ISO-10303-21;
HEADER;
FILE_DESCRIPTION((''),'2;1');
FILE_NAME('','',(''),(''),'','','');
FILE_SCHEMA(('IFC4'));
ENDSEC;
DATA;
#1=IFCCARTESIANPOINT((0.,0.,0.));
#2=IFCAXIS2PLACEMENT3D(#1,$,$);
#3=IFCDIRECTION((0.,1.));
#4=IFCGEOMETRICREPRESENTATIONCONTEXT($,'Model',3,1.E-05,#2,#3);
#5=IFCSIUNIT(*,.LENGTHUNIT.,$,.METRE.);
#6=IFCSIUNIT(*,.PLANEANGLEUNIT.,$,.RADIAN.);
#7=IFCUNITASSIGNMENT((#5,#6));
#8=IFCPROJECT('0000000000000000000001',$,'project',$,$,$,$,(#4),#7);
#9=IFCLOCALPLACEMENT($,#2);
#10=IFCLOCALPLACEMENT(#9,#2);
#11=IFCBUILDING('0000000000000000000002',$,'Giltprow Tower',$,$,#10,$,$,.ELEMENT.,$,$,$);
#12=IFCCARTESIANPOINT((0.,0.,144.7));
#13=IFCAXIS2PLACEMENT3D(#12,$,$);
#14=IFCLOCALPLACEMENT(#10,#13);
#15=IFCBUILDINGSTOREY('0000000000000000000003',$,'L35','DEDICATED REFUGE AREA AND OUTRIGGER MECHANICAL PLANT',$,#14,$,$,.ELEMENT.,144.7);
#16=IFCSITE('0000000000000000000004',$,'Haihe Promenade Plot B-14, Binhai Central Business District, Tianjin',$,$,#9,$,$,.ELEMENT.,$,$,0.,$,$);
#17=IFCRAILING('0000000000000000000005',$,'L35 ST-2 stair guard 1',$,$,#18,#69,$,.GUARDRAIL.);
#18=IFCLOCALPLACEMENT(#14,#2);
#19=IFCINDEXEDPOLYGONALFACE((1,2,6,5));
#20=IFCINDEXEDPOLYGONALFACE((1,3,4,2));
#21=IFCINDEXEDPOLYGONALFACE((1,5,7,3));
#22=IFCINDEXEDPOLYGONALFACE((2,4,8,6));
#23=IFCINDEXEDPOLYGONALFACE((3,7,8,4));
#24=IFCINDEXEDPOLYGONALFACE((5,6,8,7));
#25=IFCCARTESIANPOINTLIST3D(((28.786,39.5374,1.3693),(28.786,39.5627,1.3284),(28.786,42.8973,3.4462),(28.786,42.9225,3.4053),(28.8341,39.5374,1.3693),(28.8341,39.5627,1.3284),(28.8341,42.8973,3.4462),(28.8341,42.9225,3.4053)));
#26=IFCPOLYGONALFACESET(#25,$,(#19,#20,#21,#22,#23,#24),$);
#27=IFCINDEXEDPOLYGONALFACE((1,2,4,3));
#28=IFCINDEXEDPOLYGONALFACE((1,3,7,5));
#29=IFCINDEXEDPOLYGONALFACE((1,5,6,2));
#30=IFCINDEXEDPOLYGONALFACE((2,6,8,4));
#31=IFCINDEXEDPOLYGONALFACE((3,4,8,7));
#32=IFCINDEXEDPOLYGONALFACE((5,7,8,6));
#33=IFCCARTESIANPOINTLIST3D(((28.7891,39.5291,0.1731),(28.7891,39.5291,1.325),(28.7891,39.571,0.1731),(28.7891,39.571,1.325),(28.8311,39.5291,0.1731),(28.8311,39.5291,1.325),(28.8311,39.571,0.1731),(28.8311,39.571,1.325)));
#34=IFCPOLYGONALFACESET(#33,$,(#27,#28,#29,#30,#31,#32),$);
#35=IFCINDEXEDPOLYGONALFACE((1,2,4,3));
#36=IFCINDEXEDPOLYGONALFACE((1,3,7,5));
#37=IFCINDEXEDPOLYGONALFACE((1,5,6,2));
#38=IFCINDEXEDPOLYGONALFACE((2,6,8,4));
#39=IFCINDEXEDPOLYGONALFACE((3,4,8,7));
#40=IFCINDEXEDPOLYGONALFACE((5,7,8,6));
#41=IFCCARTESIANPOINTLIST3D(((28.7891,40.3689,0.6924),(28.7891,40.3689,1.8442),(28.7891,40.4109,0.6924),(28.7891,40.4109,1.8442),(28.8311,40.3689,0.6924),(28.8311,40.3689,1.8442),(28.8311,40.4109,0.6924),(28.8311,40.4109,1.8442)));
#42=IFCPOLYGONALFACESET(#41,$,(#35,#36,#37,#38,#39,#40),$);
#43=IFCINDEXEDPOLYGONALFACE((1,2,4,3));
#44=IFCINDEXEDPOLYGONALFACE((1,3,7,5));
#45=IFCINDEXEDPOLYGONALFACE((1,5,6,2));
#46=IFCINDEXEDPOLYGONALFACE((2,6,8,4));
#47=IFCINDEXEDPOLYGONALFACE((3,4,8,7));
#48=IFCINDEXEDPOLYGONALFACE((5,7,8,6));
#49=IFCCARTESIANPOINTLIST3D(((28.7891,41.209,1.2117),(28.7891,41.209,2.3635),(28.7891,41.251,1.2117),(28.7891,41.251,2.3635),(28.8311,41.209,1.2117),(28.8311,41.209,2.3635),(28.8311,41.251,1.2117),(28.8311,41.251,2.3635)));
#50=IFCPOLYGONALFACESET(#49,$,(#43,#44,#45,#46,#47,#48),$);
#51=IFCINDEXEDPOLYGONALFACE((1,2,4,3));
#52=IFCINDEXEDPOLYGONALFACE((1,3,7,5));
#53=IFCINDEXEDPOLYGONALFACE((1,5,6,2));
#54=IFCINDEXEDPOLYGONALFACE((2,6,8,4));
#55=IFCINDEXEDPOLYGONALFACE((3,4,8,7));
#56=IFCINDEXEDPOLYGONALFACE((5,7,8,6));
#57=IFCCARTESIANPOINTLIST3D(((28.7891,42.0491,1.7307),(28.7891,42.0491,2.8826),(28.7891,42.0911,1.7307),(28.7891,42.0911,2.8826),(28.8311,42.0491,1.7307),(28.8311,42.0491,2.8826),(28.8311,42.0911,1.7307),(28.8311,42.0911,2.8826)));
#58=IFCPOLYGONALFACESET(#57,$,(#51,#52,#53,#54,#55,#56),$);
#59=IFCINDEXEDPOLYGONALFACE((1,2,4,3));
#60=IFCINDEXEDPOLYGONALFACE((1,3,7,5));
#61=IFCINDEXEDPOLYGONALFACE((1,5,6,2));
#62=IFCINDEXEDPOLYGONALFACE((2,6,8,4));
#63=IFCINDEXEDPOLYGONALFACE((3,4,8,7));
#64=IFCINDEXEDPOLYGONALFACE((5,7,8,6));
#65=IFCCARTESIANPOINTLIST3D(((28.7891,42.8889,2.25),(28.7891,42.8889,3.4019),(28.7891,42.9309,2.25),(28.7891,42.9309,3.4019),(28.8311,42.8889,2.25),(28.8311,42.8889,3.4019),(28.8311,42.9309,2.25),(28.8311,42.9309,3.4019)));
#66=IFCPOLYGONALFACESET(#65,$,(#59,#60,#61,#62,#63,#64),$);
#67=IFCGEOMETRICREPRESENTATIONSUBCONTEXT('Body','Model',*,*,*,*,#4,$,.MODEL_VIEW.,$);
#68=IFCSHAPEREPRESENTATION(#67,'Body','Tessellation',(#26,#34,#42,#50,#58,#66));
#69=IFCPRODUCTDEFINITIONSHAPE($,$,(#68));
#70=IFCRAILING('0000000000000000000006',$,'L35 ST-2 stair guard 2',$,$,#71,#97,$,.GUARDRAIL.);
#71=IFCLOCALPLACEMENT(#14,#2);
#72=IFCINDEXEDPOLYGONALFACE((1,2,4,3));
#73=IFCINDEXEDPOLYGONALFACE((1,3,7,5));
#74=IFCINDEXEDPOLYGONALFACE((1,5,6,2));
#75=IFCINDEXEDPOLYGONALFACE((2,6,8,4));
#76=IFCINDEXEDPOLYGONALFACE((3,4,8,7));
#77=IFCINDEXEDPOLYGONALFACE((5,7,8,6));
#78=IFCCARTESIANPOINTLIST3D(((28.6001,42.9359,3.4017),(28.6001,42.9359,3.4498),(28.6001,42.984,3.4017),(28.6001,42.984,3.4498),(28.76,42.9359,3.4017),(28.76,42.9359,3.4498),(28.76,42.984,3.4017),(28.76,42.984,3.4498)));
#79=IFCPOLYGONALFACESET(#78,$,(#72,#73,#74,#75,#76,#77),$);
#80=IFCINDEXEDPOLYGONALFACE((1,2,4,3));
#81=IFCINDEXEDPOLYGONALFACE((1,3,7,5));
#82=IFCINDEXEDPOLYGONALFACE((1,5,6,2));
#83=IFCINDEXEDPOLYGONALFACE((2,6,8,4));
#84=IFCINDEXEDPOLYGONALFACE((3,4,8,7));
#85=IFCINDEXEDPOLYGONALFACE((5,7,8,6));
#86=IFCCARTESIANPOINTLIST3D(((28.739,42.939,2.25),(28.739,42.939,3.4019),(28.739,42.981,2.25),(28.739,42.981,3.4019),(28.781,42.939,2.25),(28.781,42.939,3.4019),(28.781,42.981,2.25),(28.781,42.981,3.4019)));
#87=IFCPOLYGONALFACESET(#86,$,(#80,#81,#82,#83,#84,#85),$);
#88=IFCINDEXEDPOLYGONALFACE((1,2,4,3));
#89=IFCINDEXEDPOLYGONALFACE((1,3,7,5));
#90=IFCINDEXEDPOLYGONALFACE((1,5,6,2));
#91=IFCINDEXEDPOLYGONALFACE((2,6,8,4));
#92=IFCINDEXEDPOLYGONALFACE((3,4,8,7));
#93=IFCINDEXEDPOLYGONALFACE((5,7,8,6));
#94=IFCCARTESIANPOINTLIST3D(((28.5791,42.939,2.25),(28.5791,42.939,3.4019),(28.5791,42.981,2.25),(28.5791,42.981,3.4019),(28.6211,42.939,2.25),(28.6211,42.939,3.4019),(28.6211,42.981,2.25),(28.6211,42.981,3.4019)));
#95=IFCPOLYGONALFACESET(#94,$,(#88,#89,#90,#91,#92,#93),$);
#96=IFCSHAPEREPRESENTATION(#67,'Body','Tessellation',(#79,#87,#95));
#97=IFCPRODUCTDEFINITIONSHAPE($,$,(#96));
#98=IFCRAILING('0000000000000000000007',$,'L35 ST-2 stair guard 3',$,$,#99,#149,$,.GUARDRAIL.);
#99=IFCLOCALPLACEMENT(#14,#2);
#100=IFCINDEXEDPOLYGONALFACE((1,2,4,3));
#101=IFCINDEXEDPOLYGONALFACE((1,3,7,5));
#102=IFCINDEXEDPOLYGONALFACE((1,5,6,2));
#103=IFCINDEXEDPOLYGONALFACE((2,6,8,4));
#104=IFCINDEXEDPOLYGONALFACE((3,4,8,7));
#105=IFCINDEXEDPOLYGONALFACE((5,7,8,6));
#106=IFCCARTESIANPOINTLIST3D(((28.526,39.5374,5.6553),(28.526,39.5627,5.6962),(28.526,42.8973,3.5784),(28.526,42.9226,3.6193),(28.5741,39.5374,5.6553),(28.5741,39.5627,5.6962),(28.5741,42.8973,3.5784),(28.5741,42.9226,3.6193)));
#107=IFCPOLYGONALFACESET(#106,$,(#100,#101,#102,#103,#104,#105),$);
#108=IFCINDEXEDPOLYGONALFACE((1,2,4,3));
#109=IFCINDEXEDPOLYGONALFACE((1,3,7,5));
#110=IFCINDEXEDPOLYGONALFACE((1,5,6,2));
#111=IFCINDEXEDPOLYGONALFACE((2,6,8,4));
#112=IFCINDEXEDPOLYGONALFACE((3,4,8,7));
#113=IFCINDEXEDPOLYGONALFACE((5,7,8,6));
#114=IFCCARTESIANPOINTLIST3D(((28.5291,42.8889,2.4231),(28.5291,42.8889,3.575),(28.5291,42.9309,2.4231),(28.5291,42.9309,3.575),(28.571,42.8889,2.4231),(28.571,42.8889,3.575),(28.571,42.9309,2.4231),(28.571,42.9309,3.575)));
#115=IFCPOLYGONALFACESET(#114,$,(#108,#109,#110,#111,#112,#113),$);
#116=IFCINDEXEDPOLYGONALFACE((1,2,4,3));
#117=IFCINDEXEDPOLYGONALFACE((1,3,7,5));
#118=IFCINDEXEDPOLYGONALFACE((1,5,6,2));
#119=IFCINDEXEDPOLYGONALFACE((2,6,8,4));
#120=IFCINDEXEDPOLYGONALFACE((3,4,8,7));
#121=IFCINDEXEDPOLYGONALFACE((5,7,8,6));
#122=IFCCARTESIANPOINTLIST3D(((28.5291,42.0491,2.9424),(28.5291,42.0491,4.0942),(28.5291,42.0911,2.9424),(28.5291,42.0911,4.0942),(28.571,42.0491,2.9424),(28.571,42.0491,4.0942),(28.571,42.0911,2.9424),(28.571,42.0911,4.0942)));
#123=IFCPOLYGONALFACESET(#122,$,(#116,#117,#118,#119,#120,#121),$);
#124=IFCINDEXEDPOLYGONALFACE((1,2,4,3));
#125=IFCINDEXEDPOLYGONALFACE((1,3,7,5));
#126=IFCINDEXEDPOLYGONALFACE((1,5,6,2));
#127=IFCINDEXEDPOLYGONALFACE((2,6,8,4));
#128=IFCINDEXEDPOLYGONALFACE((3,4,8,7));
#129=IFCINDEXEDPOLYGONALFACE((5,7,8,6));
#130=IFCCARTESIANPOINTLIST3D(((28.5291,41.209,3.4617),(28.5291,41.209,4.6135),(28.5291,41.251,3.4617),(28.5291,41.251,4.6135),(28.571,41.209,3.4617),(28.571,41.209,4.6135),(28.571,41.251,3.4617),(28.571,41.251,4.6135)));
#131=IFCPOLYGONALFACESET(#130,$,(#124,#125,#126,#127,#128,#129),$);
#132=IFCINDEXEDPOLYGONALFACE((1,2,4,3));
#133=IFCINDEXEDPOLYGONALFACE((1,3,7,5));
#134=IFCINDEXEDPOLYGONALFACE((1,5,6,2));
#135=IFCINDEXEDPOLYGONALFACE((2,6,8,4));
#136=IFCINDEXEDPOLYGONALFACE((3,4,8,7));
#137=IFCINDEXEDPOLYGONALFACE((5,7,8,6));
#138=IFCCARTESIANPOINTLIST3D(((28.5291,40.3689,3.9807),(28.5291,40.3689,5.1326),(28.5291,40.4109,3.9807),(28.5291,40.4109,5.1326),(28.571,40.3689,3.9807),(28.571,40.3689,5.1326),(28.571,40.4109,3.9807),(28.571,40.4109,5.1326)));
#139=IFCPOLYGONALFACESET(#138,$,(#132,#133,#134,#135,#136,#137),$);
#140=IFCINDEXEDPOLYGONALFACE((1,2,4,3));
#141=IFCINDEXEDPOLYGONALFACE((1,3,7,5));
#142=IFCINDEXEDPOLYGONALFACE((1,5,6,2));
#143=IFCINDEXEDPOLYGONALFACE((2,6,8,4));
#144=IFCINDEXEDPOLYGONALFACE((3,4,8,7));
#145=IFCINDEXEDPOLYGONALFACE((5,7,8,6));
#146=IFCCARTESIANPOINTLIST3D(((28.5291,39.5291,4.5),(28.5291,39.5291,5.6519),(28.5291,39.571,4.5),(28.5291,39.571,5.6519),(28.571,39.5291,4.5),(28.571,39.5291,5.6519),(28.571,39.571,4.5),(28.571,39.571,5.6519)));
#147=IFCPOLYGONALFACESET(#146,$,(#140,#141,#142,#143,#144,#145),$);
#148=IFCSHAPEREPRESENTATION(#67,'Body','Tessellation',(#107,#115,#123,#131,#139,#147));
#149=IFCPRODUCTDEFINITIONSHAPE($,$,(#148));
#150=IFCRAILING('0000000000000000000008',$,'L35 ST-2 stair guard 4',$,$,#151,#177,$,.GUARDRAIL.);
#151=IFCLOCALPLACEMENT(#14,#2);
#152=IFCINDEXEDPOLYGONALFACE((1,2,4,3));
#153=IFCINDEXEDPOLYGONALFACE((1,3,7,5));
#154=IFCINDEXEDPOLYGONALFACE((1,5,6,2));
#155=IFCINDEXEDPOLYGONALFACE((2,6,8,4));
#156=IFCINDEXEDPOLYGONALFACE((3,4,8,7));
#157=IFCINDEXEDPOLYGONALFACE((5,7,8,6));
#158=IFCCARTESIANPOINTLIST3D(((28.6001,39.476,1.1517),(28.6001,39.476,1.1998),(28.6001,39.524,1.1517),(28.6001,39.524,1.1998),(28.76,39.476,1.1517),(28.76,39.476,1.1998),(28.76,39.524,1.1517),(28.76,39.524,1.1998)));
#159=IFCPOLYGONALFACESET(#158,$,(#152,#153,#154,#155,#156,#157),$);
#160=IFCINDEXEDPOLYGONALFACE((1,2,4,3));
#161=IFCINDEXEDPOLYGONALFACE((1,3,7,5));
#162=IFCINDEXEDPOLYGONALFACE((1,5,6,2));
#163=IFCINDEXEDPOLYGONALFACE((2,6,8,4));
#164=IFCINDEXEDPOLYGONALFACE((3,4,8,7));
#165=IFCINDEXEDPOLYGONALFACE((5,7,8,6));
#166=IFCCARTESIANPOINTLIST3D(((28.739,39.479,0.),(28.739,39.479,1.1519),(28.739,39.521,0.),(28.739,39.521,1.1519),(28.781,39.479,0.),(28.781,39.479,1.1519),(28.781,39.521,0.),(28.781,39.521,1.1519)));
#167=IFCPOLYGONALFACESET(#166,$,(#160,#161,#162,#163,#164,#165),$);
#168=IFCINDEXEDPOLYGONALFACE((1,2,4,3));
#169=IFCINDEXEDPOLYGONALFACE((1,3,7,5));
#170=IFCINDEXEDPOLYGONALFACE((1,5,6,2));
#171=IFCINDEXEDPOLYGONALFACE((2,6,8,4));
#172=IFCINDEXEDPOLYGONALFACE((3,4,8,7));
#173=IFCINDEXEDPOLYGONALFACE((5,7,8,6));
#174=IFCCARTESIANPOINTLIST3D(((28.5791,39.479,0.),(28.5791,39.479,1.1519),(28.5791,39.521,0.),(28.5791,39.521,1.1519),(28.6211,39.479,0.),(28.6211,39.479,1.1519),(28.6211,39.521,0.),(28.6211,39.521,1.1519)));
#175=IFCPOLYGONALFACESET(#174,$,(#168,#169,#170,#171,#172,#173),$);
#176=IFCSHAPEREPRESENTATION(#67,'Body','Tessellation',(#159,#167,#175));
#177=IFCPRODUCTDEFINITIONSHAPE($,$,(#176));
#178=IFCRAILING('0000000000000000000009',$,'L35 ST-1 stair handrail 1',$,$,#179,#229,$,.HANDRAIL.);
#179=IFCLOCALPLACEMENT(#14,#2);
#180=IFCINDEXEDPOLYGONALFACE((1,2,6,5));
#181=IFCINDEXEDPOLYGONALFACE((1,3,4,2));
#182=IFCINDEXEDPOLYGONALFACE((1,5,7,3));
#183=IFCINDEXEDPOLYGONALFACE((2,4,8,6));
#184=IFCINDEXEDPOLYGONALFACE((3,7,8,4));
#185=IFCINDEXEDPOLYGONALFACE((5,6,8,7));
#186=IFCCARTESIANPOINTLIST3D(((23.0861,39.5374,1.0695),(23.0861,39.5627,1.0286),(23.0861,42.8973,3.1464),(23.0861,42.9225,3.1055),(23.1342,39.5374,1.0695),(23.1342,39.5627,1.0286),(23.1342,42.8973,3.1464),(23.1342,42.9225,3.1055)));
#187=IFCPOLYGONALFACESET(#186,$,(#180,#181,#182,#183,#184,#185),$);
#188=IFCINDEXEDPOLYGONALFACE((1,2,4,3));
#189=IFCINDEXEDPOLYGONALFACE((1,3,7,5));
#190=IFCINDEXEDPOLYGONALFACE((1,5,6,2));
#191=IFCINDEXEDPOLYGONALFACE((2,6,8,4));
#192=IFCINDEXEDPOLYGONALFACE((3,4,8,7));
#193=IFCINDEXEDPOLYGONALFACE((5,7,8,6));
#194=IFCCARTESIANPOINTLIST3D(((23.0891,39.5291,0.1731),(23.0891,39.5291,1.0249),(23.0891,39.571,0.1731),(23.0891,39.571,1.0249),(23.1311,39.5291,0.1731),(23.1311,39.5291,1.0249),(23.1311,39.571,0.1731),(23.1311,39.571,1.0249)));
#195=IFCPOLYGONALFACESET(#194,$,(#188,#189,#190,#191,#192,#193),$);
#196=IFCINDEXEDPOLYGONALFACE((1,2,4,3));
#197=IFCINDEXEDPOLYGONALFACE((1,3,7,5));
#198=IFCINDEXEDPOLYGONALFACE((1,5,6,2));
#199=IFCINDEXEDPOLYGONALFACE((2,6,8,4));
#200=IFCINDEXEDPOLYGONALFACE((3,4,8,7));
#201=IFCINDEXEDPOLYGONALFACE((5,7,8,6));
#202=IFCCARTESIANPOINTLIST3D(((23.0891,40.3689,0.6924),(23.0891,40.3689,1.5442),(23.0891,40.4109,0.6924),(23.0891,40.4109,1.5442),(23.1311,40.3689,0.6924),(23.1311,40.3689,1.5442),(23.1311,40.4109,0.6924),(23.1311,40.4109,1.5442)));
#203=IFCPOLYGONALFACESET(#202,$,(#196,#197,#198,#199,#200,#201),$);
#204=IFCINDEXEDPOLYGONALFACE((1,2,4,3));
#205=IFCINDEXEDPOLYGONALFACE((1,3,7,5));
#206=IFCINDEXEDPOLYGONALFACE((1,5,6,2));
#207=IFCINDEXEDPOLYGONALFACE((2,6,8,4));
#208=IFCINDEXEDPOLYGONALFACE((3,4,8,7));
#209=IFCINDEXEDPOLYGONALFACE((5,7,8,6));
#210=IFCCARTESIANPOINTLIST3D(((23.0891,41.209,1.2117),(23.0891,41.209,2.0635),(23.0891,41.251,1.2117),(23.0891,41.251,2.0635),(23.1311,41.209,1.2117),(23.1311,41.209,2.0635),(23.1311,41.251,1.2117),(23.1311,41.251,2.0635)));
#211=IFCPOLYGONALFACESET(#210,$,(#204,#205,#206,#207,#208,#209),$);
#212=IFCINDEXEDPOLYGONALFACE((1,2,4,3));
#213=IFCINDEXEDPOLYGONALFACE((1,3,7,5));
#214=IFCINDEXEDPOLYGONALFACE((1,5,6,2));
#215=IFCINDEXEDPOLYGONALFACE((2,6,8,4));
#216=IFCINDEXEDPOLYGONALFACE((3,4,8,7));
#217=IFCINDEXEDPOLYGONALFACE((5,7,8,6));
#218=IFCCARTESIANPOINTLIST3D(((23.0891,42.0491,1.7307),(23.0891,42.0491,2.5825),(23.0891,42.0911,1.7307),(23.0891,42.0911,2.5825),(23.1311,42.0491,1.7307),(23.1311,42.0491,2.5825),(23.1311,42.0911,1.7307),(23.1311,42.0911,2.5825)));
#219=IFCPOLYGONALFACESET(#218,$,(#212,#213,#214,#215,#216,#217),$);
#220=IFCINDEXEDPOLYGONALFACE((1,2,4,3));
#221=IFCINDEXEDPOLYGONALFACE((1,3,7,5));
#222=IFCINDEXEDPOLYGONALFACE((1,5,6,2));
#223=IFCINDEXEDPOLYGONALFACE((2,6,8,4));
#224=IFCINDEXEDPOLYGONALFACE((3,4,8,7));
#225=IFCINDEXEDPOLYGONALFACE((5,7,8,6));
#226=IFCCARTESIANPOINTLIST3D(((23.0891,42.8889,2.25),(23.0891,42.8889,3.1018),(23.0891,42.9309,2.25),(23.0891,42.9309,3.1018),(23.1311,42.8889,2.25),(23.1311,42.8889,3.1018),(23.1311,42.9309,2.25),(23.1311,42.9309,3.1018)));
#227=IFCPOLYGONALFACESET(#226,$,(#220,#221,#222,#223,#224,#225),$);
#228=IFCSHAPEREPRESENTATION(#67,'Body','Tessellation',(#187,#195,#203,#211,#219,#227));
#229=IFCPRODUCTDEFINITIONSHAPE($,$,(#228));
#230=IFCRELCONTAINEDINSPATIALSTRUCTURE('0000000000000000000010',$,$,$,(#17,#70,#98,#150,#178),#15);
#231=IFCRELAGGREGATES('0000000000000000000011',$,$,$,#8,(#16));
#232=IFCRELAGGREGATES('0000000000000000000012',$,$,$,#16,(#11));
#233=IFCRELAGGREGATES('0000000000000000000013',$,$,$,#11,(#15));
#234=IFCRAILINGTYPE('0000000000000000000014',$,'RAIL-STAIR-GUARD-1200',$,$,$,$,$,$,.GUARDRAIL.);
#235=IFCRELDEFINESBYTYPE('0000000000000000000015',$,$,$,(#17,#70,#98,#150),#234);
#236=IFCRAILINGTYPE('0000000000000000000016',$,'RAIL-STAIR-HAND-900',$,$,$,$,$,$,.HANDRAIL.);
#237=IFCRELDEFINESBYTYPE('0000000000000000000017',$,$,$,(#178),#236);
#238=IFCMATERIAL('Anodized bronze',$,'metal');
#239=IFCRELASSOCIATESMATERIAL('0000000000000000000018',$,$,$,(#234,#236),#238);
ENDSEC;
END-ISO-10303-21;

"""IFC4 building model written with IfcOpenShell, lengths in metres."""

from ifc_helpers import new_model, si_unit, direction, frame, origin, origin_2d, place, context, subcontext, project, spatial, rectangle, extrude, material, type_object, element, save


model = new_model("IFC4")

# Units and contexts
model_context = context("Model", 3, precision=1e-05, world=origin(), true_north=direction((0.0, 1.0)))
body_context = subcontext(model_context, "Body", "Model", "MODEL_VIEW")
ifc_project = project(units=[si_unit("LENGTHUNIT", "METRE"), si_unit("PLANEANGLEUNIT", "RADIAN")], contexts=[model_context])

# Site, building, storey
site_placement = place(None, origin())
site = spatial("IfcSite", under=ifc_project, at=site_placement, Name="Haihe Promenade Plot B-14, Binhai Central Business District, Tianjin", CompositionType="ELEMENT", RefElevation=0.0)
building_placement = place(site_placement, origin())
building = spatial("IfcBuilding", under=site, at=building_placement, Name="Giltprow Tower", CompositionType="ELEMENT")
storey_placement = place(building_placement, frame((0.0, 0.0, 144.7)))
storey = spatial("IfcBuildingStorey", under=building, at=storey_placement, Name="L35", Description="DEDICATED REFUGE AREA AND OUTRIGGER MECHANICAL PLANT", CompositionType="ELEMENT", Elevation=144.7)

# Railings
ifc_material_1 = material(Name="Anodized bronze", Category="metal")
railing_type_1 = type_object("IfcRailingType", Name="RAIL-STAIR-GUARD-1200", PredefinedType="GUARDRAIL", material=ifc_material_1)
railing_1_placement = place(storey_placement, frame((28.8101, 39.55, 0.1731)))
element("IfcRailing", 1, at=railing_1_placement, inside=storey, type_object=railing_type_1, Name="L35 ST-2 stair guard 1", PredefinedType="GUARDRAIL", context=body_context, shape_type="SweptSolid", body=[
    extrude(rectangle(XDim=0.0481, YDim=0.0481, at=origin_2d()), frame((0.0, 0.0, 1.1758), z_axis=(0.0, 0.850606, 0.525803), x_axis=(-1.0, 0.0, 0.0)), (0.0, 0.0, 1.0), 3.95),
    extrude(rectangle(XDim=0.042, YDim=0.042, at=origin_2d()), origin(), (0.0, 0.0, 1.0), 1.1519),
    extrude(rectangle(XDim=0.042, YDim=0.042, at=origin_2d()), frame((0.0, 0.8398, 0.5193)), (0.0, 0.0, 1.0), 1.1519),
    extrude(rectangle(XDim=0.042, YDim=0.042, at=origin_2d()), frame((0.0, 1.6799, 1.0386)), (0.0, 0.0, 1.0), 1.1519),
    extrude(rectangle(XDim=0.042, YDim=0.042, at=origin_2d()), frame((0.0, 2.52, 1.5576)), (0.0, 0.0, 1.0), 1.1519),
    extrude(rectangle(XDim=0.042, YDim=0.042, at=origin_2d()), frame((0.0, 3.3599, 2.0769)), (0.0, 0.0, 1.0), 1.1519),
])
railing_2_placement = place(storey_placement, frame((28.76, 42.96, 2.25)))
element("IfcRailing", 2, at=railing_2_placement, inside=storey, type_object=railing_type_1, Name="L35 ST-2 stair guard 2", PredefinedType="GUARDRAIL", context=body_context, shape_type="SweptSolid", body=[
    extrude(rectangle(XDim=0.0481, YDim=0.0481, at=origin_2d()), frame((0.0, 0.0, 1.1758), z_axis=(-1.0, 0.0, 0.0), x_axis=(0.0, -1.0, 0.0)), (0.0, 0.0, 1.0), 0.1599),
    extrude(rectangle(XDim=0.042, YDim=0.042, at=origin_2d()), origin(), (0.0, 0.0, 1.0), 1.1519),
    extrude(rectangle(XDim=0.042, YDim=0.042, at=origin_2d()), frame((-0.1599, 0.0, 0.0)), (0.0, 0.0, 1.0), 1.1519),
])
railing_3_placement = place(storey_placement, frame((28.55, 42.9099, 2.4231)))
element("IfcRailing", 3, at=railing_3_placement, inside=storey, type_object=railing_type_1, Name="L35 ST-2 stair guard 3", PredefinedType="GUARDRAIL", context=body_context, shape_type="SweptSolid", body=[
    extrude(rectangle(XDim=0.0481, YDim=0.0481, at=origin_2d()), frame((0.0, 0.0, 1.1758), z_axis=(0.0, -0.850606, 0.525803), x_axis=(1.0, 0.0, 0.0)), (0.0, 0.0, 1.0), 3.95),
    extrude(rectangle(XDim=0.042, YDim=0.042, at=origin_2d()), origin(), (0.0, 0.0, 1.0), 1.1519),
    extrude(rectangle(XDim=0.042, YDim=0.042, at=origin_2d()), frame((0.0, -0.8398, 0.5193)), (0.0, 0.0, 1.0), 1.1519),
    extrude(rectangle(XDim=0.042, YDim=0.042, at=origin_2d()), frame((0.0, -1.6799, 1.0386)), (0.0, 0.0, 1.0), 1.1519),
    extrude(rectangle(XDim=0.042, YDim=0.042, at=origin_2d()), frame((0.0, -2.52, 1.5576)), (0.0, 0.0, 1.0), 1.1519),
    extrude(rectangle(XDim=0.042, YDim=0.042, at=origin_2d()), frame((0.0, -3.3599, 2.0769)), (0.0, 0.0, 1.0), 1.1519),
])
railing_4_placement = place(storey_placement, frame((28.76, 39.5, 0.0)))
element("IfcRailing", 4, at=railing_4_placement, inside=storey, type_object=railing_type_1, Name="L35 ST-2 stair guard 4", PredefinedType="GUARDRAIL", context=body_context, shape_type="SweptSolid", body=[
    extrude(rectangle(XDim=0.0481, YDim=0.0481, at=origin_2d()), frame((0.0, 0.0, 1.1758), z_axis=(-1.0, 0.0, 0.0), x_axis=(0.0, -1.0, 0.0)), (0.0, 0.0, 1.0), 0.1599),
    extrude(rectangle(XDim=0.042, YDim=0.042, at=origin_2d()), origin(), (0.0, 0.0, 1.0), 1.1519),
    extrude(rectangle(XDim=0.042, YDim=0.042, at=origin_2d()), frame((-0.1599, 0.0, 0.0)), (0.0, 0.0, 1.0), 1.1519),
])
railing_type_2 = type_object("IfcRailingType", Name="RAIL-STAIR-HAND-900", PredefinedType="HANDRAIL", material=ifc_material_1)
for number, where, name in (
    (5, (23.1101, 39.55, 0.1731), "L35 ST-1 stair handrail 1"),
):
    element("IfcRailing", number, at=place(storey_placement, frame(where)), inside=storey, type_object=railing_type_2, Name=name, PredefinedType="HANDRAIL", context=body_context, shape_type="SweptSolid", body=[
        extrude(rectangle(XDim=0.0481, YDim=0.0481, at=origin_2d()), frame((0.0, 0.0, 0.876), z_axis=(0.0, 0.850606, 0.525803), x_axis=(-1.0, 0.0, 0.0)), (0.0, 0.0, 1.0), 3.95),
        extrude(rectangle(XDim=0.042, YDim=0.042, at=origin_2d()), origin(), (0.0, 0.0, 1.0), 0.8518),
        extrude(rectangle(XDim=0.042, YDim=0.042, at=origin_2d()), frame((0.0, 0.8398, 0.5193)), (0.0, 0.0, 1.0), 0.8518),
        extrude(rectangle(XDim=0.042, YDim=0.042, at=origin_2d()), frame((0.0, 1.6799, 1.0386)), (0.0, 0.0, 1.0), 0.8518),
        extrude(rectangle(XDim=0.042, YDim=0.042, at=origin_2d()), frame((0.0, 2.52, 1.5576)), (0.0, 0.0, 1.0), 0.8518),
        extrude(rectangle(XDim=0.042, YDim=0.042, at=origin_2d()), frame((0.0, 3.3599, 2.0769)), (0.0, 0.0, 1.0), 0.8518),
    ])

save(model, "model.ifc")
